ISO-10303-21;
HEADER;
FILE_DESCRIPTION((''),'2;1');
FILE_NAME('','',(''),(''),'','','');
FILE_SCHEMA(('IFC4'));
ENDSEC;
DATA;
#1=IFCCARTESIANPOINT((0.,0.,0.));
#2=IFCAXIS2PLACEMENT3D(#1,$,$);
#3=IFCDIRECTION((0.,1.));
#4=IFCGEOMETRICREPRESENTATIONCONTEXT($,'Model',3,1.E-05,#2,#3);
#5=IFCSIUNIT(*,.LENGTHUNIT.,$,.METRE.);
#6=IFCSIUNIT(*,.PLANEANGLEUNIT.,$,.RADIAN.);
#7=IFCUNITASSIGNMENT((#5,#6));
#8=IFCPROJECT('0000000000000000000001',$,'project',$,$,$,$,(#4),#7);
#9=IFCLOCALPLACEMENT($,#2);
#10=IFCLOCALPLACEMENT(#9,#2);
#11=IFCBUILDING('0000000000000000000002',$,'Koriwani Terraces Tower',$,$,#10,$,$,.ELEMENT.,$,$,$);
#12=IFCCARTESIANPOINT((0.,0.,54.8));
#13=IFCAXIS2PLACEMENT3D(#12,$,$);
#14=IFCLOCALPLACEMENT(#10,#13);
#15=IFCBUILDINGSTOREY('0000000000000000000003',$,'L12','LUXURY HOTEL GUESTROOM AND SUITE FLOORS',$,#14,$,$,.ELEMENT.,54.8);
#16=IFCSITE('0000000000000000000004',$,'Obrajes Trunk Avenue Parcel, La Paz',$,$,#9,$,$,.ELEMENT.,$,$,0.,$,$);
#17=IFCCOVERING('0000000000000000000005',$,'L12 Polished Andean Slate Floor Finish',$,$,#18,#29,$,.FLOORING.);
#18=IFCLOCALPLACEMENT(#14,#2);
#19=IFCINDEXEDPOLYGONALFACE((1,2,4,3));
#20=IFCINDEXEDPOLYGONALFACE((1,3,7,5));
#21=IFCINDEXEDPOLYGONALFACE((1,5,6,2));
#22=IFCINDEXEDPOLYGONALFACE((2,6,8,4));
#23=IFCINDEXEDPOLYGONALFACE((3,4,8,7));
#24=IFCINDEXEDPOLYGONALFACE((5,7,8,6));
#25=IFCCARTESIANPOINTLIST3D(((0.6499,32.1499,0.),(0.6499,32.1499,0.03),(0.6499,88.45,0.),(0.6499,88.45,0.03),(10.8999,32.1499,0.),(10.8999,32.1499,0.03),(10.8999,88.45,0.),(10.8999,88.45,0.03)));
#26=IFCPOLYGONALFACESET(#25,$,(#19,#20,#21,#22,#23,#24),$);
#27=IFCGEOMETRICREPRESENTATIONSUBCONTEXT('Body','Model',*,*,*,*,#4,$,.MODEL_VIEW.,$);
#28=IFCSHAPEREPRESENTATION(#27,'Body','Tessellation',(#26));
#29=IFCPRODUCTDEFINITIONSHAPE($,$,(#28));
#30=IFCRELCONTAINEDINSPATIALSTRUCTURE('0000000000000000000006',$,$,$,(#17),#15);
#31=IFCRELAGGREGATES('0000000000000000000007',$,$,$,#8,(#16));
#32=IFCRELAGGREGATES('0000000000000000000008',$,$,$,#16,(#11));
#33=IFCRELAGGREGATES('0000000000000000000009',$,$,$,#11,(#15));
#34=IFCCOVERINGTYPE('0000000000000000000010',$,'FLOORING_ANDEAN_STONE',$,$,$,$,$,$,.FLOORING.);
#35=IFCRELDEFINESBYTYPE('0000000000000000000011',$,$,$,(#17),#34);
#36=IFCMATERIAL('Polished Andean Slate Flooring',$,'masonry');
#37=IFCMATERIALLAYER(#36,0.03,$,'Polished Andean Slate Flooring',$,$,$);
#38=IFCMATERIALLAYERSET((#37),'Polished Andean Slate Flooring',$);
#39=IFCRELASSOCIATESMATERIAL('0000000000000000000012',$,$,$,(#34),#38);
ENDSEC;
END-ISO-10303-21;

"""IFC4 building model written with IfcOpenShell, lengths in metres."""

from ifc_helpers import new_model, si_unit, direction, frame, origin, place, context, subcontext, project, spatial, polyline, outline, extrude, material, layer, layer_set, type_object, element, save


model = new_model("IFC4")

# Units and contexts
model_context = context("Model", 3, precision=1e-05, world=origin(), true_north=direction((0.0, 1.0)))
body_context = subcontext(model_context, "Body", "Model", "MODEL_VIEW")
ifc_project = project(units=[si_unit("LENGTHUNIT", "METRE"), si_unit("PLANEANGLEUNIT", "RADIAN")], contexts=[model_context])

# Site, building, storey
site_placement = place(None, origin())
site = spatial("IfcSite", under=ifc_project, at=site_placement, Name="Obrajes Trunk Avenue Parcel, La Paz", CompositionType="ELEMENT", RefElevation=0.0)
building_placement = place(site_placement, origin())
building = spatial("IfcBuilding", under=site, at=building_placement, Name="Koriwani Terraces Tower", CompositionType="ELEMENT")
storey_placement = place(building_placement, frame((0.0, 0.0, 54.8)))
storey = spatial("IfcBuildingStorey", under=building, at=storey_placement, Name="L12", Description="LUXURY HOTEL GUESTROOM AND SUITE FLOORS", CompositionType="ELEMENT", Elevation=54.8)

# Covering
ifc_material_1 = material(Name="Polished Andean Slate Flooring", Category="masonry")
ifc_layer_1 = layer(ifc_material_1, 0.03, Name="Polished Andean Slate Flooring")
ifc_layer_set_1 = layer_set([ifc_layer_1], Name="Polished Andean Slate Flooring")
covering_type_1 = type_object("IfcCoveringType", Name="FLOORING_ANDEAN_STONE", PredefinedType="FLOORING", material=ifc_layer_set_1)
covering_1_placement = place(storey_placement, origin())
element("IfcCovering", 1, at=covering_1_placement, inside=storey, type_object=covering_type_1, Name="L12 Polished Andean Slate Floor Finish", PredefinedType="FLOORING", context=body_context, shape_type="SweptSolid", body=[
    extrude(outline(polyline([(0.6499, 32.1499), (0.6499, 88.45), (10.8999, 88.45), (10.8999, 32.1499), (0.6499, 32.1499)])), origin(), (0.0, 0.0, 1.0), 0.03),
])

save(model, "model.ifc")
